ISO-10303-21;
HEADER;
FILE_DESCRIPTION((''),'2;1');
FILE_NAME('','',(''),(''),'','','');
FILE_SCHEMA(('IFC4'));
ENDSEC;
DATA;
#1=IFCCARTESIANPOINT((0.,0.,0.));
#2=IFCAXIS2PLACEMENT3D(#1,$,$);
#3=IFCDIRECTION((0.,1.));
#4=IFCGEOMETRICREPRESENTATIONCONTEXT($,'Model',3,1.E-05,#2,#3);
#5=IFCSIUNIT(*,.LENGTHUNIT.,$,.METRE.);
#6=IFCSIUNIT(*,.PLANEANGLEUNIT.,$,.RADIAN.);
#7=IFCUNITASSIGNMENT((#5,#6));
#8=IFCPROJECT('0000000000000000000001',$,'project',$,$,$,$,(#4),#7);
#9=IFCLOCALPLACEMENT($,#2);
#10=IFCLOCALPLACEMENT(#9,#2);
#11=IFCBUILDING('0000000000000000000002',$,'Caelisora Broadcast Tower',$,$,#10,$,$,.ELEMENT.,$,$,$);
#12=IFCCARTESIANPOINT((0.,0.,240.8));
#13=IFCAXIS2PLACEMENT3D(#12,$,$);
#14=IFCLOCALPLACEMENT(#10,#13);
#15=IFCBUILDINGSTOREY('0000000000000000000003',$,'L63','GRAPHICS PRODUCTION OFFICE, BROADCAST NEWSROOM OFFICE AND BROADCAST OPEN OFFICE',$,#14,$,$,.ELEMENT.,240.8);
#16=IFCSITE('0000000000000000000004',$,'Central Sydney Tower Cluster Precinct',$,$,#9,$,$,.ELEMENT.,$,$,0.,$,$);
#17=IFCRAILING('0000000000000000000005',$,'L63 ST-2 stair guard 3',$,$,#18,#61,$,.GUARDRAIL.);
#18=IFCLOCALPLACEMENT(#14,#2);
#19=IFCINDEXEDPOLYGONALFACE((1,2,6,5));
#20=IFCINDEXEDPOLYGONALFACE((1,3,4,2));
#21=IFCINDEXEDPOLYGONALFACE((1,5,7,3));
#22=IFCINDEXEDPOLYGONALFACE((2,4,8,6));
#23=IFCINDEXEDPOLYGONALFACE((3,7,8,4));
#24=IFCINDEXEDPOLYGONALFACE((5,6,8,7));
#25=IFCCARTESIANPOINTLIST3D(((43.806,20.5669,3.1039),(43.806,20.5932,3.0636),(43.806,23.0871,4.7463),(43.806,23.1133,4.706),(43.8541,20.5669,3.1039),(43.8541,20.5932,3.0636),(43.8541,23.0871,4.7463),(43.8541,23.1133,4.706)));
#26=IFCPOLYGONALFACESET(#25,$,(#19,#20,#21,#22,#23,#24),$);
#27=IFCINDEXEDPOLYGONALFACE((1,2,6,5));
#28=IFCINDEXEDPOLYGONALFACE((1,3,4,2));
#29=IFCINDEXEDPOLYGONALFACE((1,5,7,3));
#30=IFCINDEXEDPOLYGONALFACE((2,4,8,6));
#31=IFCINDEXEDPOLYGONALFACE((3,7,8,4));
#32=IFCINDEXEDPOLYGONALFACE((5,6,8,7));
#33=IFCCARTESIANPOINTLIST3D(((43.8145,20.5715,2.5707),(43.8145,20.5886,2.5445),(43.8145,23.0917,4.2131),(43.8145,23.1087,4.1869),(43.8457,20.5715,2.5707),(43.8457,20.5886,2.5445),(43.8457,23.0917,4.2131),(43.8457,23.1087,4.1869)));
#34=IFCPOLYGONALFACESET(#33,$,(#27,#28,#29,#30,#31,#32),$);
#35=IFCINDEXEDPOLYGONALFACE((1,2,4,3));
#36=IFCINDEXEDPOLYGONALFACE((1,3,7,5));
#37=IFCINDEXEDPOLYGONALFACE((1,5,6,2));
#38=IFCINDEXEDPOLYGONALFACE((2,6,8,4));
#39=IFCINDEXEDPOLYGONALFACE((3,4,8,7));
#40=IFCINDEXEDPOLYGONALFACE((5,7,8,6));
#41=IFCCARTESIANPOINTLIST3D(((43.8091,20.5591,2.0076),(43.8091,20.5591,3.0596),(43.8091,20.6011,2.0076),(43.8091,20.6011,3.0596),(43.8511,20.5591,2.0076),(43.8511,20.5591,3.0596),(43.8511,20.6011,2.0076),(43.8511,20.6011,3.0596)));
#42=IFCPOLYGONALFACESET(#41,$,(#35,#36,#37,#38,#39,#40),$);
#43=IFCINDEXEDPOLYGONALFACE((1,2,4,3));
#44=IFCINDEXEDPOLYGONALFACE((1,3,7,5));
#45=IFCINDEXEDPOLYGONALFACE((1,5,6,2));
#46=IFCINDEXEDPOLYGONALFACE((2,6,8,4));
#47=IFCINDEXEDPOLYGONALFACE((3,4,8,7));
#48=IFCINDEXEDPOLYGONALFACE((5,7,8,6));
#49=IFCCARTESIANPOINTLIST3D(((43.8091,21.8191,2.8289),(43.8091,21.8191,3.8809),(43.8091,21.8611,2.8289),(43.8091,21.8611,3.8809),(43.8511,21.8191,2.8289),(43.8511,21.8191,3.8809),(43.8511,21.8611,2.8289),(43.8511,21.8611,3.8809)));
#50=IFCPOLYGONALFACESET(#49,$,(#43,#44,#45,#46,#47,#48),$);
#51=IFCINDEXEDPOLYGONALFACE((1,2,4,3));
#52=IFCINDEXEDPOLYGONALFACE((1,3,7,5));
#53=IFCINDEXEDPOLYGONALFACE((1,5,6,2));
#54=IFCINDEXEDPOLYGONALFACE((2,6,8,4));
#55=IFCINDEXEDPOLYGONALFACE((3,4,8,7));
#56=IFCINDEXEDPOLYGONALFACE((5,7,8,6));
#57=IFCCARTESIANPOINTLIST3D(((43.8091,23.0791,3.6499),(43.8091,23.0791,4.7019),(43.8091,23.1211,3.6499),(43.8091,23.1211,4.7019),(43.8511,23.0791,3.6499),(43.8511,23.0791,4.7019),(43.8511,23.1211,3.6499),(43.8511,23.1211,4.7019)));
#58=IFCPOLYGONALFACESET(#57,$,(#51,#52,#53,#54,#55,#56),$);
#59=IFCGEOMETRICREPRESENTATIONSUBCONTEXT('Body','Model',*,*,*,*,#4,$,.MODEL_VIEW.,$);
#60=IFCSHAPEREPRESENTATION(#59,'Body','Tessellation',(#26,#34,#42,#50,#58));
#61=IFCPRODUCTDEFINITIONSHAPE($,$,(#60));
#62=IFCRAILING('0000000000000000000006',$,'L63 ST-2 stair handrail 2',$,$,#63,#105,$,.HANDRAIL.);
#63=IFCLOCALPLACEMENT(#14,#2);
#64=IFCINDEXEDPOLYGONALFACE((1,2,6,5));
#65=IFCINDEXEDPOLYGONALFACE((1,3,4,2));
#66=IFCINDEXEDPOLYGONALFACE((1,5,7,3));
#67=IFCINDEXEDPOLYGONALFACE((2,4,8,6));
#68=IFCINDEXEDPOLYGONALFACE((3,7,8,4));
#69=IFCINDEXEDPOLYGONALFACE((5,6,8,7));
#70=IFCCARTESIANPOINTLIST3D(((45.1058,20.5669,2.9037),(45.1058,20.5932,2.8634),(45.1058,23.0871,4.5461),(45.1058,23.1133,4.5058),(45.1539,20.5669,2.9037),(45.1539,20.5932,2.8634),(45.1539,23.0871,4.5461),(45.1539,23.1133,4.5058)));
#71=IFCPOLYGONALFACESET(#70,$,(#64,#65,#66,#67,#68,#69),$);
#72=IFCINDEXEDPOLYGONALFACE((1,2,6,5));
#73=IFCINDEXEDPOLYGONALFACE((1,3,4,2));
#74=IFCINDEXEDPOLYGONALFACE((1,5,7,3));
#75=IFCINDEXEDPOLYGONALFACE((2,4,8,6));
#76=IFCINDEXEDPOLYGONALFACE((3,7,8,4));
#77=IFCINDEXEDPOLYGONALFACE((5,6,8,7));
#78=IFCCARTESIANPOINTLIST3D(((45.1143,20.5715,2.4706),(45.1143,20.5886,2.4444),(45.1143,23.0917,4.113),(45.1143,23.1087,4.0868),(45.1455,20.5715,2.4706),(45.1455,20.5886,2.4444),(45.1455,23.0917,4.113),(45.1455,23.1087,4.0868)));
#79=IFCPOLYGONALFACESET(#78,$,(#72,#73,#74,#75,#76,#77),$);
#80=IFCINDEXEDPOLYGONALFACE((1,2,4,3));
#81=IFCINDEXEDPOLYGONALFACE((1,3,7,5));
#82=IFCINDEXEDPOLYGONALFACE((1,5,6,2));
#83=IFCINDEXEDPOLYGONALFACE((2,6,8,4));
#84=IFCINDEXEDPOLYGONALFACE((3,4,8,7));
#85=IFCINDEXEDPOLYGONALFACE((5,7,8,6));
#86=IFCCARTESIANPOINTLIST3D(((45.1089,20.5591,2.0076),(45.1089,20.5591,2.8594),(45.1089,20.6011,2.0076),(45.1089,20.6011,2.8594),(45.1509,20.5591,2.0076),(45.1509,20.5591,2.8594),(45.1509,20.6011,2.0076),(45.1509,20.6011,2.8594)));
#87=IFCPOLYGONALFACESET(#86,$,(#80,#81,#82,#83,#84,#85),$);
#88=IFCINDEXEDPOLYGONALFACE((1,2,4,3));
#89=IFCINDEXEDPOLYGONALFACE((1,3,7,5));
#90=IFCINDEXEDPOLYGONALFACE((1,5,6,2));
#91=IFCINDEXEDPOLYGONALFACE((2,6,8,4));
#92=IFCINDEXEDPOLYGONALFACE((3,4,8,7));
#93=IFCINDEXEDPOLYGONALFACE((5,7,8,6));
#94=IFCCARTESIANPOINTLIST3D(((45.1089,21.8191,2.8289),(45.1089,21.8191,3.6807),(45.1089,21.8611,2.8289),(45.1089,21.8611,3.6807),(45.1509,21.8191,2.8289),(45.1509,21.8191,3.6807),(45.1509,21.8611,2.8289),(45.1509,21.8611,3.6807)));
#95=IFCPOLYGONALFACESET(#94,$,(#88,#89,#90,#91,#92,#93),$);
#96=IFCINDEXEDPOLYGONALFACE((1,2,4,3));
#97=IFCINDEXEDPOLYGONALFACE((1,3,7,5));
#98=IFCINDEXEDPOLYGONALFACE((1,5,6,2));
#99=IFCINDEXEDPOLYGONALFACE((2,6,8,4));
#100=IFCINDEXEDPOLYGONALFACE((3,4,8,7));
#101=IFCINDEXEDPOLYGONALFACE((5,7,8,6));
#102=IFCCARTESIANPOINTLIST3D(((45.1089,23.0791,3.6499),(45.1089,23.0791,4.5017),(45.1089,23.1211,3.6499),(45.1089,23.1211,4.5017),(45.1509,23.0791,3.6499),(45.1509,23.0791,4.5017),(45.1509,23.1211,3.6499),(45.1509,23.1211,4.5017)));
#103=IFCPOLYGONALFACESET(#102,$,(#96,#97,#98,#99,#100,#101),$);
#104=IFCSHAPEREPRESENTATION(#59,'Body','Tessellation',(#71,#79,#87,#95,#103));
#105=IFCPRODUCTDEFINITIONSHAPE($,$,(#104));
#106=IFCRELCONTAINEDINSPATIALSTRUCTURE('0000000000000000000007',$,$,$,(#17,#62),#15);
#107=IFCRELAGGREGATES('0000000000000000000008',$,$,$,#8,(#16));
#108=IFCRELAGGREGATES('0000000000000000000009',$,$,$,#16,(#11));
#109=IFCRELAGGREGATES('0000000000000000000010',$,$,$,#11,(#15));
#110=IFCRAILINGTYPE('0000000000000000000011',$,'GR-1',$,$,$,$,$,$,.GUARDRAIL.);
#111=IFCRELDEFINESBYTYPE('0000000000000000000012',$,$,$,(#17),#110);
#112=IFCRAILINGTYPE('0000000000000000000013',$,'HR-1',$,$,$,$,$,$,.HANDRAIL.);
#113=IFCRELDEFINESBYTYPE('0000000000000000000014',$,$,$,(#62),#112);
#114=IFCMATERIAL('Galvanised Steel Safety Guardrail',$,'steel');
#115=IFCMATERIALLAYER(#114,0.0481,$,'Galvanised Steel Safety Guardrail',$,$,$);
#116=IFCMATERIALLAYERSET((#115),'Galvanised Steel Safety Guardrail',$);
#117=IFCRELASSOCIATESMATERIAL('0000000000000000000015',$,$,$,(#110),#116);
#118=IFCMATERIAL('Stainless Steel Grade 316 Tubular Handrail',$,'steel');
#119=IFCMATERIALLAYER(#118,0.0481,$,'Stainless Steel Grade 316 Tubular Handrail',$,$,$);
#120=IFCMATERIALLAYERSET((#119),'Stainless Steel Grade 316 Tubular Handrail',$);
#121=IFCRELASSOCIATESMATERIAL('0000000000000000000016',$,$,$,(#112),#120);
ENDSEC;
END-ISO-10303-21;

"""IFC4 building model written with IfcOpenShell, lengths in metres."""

from ifc_helpers import new_model, si_unit, direction, frame, origin, origin_2d, place, context, subcontext, project, spatial, rectangle, extrude, material, layer, layer_set, type_object, element, save


model = new_model("IFC4")

# Units and contexts
model_context = context("Model", 3, precision=1e-05, world=origin(), true_north=direction((0.0, 1.0)))
body_context = subcontext(model_context, "Body", "Model", "MODEL_VIEW")
ifc_project = project(units=[si_unit("LENGTHUNIT", "METRE"), si_unit("PLANEANGLEUNIT", "RADIAN")], contexts=[model_context])

# Site, building, storey
site_placement = place(None, origin())
site = spatial("IfcSite", under=ifc_project, at=site_placement, Name="Central Sydney Tower Cluster Precinct", CompositionType="ELEMENT", RefElevation=0.0)
building_placement = place(site_placement, origin())
building = spatial("IfcBuilding", under=site, at=building_placement, Name="Caelisora Broadcast Tower", CompositionType="ELEMENT")
storey_placement = place(building_placement, frame((0.0, 0.0, 240.8)))
storey = spatial("IfcBuildingStorey", under=building, at=storey_placement, Name="L63", Description="GRAPHICS PRODUCTION OFFICE, BROADCAST NEWSROOM OFFICE AND BROADCAST OPEN OFFICE", CompositionType="ELEMENT", Elevation=240.8)

# Railings
ifc_material_1 = material(Name="Galvanised Steel Safety Guardrail", Category="steel")
ifc_layer_1 = layer(ifc_material_1, 0.0481, Name="Galvanised Steel Safety Guardrail")
ifc_layer_set_1 = layer_set([ifc_layer_1], Name="Galvanised Steel Safety Guardrail")
railing_type_1 = type_object("IfcRailingType", Name="GR-1", PredefinedType="GUARDRAIL", material=ifc_layer_set_1)
railing_1_placement = place(storey_placement, frame((43.8301, 20.5801, 2.0076)))
element("IfcRailing", 1, at=railing_1_placement, inside=storey, type_object=railing_type_1, Name="L63 ST-2 stair guard 3", PredefinedType="GUARDRAIL", context=body_context, shape_type="SweptSolid", body=[
    extrude(rectangle(XDim=0.0481, YDim=0.0481, at=origin_2d()), frame((0.0, 0.0, 1.0762), z_axis=(0.0, 0.837787, 0.545998), x_axis=(-1.0, 0.0, 0.0)), (0.0, 0.0, 1.0), 3.0081),
    extrude(rectangle(XDim=0.0312, YDim=0.0312, at=origin_2d()), frame((0.0, 0.0, 0.55), z_axis=(0.0, 0.837787, 0.545998), x_axis=(-1.0, 0.0, 0.0)), (0.0, 0.0, 1.0), 3.0081),
    extrude(rectangle(XDim=0.042, YDim=0.042, at=origin_2d()), origin(), (0.0, 0.0, 1.0), 1.052),
    extrude(rectangle(XDim=0.042, YDim=0.042, at=origin_2d()), frame((0.0, 1.26, 0.8213)), (0.0, 0.0, 1.0), 1.052),
    extrude(rectangle(XDim=0.042, YDim=0.042, at=origin_2d()), frame((0.0, 2.52, 1.6423)), (0.0, 0.0, 1.0), 1.052),
])
ifc_material_2 = material(Name="Stainless Steel Grade 316 Tubular Handrail", Category="steel")
ifc_layer_2 = layer(ifc_material_2, 0.0481, Name="Stainless Steel Grade 316 Tubular Handrail")
ifc_layer_set_2 = layer_set([ifc_layer_2], Name="Stainless Steel Grade 316 Tubular Handrail")
railing_type_2 = type_object("IfcRailingType", Name="HR-1", PredefinedType="HANDRAIL", material=ifc_layer_set_2)
railing_2_placement = place(storey_placement, frame((45.1299, 20.5801, 2.0076)))
element("IfcRailing", 2, at=railing_2_placement, inside=storey, type_object=railing_type_2, Name="L63 ST-2 stair handrail 2", PredefinedType="HANDRAIL", context=body_context, shape_type="SweptSolid", body=[
    extrude(rectangle(XDim=0.0481, YDim=0.0481, at=origin_2d()), frame((0.0, 0.0, 0.876), z_axis=(0.0, 0.837787, 0.545998), x_axis=(-1.0, 0.0, 0.0)), (0.0, 0.0, 1.0), 3.0081),
    extrude(rectangle(XDim=0.0312, YDim=0.0312, at=origin_2d()), frame((0.0, 0.0, 0.45), z_axis=(0.0, 0.837787, 0.545998), x_axis=(-1.0, 0.0, 0.0)), (0.0, 0.0, 1.0), 3.0081),
    extrude(rectangle(XDim=0.042, YDim=0.042, at=origin_2d()), origin(), (0.0, 0.0, 1.0), 0.8518),
    extrude(rectangle(XDim=0.042, YDim=0.042, at=origin_2d()), frame((0.0, 1.26, 0.8213)), (0.0, 0.0, 1.0), 0.8518),
    extrude(rectangle(XDim=0.042, YDim=0.042, at=origin_2d()), frame((0.0, 2.52, 1.6423)), (0.0, 0.0, 1.0), 0.8518),
])

save(model, "model.ifc")
